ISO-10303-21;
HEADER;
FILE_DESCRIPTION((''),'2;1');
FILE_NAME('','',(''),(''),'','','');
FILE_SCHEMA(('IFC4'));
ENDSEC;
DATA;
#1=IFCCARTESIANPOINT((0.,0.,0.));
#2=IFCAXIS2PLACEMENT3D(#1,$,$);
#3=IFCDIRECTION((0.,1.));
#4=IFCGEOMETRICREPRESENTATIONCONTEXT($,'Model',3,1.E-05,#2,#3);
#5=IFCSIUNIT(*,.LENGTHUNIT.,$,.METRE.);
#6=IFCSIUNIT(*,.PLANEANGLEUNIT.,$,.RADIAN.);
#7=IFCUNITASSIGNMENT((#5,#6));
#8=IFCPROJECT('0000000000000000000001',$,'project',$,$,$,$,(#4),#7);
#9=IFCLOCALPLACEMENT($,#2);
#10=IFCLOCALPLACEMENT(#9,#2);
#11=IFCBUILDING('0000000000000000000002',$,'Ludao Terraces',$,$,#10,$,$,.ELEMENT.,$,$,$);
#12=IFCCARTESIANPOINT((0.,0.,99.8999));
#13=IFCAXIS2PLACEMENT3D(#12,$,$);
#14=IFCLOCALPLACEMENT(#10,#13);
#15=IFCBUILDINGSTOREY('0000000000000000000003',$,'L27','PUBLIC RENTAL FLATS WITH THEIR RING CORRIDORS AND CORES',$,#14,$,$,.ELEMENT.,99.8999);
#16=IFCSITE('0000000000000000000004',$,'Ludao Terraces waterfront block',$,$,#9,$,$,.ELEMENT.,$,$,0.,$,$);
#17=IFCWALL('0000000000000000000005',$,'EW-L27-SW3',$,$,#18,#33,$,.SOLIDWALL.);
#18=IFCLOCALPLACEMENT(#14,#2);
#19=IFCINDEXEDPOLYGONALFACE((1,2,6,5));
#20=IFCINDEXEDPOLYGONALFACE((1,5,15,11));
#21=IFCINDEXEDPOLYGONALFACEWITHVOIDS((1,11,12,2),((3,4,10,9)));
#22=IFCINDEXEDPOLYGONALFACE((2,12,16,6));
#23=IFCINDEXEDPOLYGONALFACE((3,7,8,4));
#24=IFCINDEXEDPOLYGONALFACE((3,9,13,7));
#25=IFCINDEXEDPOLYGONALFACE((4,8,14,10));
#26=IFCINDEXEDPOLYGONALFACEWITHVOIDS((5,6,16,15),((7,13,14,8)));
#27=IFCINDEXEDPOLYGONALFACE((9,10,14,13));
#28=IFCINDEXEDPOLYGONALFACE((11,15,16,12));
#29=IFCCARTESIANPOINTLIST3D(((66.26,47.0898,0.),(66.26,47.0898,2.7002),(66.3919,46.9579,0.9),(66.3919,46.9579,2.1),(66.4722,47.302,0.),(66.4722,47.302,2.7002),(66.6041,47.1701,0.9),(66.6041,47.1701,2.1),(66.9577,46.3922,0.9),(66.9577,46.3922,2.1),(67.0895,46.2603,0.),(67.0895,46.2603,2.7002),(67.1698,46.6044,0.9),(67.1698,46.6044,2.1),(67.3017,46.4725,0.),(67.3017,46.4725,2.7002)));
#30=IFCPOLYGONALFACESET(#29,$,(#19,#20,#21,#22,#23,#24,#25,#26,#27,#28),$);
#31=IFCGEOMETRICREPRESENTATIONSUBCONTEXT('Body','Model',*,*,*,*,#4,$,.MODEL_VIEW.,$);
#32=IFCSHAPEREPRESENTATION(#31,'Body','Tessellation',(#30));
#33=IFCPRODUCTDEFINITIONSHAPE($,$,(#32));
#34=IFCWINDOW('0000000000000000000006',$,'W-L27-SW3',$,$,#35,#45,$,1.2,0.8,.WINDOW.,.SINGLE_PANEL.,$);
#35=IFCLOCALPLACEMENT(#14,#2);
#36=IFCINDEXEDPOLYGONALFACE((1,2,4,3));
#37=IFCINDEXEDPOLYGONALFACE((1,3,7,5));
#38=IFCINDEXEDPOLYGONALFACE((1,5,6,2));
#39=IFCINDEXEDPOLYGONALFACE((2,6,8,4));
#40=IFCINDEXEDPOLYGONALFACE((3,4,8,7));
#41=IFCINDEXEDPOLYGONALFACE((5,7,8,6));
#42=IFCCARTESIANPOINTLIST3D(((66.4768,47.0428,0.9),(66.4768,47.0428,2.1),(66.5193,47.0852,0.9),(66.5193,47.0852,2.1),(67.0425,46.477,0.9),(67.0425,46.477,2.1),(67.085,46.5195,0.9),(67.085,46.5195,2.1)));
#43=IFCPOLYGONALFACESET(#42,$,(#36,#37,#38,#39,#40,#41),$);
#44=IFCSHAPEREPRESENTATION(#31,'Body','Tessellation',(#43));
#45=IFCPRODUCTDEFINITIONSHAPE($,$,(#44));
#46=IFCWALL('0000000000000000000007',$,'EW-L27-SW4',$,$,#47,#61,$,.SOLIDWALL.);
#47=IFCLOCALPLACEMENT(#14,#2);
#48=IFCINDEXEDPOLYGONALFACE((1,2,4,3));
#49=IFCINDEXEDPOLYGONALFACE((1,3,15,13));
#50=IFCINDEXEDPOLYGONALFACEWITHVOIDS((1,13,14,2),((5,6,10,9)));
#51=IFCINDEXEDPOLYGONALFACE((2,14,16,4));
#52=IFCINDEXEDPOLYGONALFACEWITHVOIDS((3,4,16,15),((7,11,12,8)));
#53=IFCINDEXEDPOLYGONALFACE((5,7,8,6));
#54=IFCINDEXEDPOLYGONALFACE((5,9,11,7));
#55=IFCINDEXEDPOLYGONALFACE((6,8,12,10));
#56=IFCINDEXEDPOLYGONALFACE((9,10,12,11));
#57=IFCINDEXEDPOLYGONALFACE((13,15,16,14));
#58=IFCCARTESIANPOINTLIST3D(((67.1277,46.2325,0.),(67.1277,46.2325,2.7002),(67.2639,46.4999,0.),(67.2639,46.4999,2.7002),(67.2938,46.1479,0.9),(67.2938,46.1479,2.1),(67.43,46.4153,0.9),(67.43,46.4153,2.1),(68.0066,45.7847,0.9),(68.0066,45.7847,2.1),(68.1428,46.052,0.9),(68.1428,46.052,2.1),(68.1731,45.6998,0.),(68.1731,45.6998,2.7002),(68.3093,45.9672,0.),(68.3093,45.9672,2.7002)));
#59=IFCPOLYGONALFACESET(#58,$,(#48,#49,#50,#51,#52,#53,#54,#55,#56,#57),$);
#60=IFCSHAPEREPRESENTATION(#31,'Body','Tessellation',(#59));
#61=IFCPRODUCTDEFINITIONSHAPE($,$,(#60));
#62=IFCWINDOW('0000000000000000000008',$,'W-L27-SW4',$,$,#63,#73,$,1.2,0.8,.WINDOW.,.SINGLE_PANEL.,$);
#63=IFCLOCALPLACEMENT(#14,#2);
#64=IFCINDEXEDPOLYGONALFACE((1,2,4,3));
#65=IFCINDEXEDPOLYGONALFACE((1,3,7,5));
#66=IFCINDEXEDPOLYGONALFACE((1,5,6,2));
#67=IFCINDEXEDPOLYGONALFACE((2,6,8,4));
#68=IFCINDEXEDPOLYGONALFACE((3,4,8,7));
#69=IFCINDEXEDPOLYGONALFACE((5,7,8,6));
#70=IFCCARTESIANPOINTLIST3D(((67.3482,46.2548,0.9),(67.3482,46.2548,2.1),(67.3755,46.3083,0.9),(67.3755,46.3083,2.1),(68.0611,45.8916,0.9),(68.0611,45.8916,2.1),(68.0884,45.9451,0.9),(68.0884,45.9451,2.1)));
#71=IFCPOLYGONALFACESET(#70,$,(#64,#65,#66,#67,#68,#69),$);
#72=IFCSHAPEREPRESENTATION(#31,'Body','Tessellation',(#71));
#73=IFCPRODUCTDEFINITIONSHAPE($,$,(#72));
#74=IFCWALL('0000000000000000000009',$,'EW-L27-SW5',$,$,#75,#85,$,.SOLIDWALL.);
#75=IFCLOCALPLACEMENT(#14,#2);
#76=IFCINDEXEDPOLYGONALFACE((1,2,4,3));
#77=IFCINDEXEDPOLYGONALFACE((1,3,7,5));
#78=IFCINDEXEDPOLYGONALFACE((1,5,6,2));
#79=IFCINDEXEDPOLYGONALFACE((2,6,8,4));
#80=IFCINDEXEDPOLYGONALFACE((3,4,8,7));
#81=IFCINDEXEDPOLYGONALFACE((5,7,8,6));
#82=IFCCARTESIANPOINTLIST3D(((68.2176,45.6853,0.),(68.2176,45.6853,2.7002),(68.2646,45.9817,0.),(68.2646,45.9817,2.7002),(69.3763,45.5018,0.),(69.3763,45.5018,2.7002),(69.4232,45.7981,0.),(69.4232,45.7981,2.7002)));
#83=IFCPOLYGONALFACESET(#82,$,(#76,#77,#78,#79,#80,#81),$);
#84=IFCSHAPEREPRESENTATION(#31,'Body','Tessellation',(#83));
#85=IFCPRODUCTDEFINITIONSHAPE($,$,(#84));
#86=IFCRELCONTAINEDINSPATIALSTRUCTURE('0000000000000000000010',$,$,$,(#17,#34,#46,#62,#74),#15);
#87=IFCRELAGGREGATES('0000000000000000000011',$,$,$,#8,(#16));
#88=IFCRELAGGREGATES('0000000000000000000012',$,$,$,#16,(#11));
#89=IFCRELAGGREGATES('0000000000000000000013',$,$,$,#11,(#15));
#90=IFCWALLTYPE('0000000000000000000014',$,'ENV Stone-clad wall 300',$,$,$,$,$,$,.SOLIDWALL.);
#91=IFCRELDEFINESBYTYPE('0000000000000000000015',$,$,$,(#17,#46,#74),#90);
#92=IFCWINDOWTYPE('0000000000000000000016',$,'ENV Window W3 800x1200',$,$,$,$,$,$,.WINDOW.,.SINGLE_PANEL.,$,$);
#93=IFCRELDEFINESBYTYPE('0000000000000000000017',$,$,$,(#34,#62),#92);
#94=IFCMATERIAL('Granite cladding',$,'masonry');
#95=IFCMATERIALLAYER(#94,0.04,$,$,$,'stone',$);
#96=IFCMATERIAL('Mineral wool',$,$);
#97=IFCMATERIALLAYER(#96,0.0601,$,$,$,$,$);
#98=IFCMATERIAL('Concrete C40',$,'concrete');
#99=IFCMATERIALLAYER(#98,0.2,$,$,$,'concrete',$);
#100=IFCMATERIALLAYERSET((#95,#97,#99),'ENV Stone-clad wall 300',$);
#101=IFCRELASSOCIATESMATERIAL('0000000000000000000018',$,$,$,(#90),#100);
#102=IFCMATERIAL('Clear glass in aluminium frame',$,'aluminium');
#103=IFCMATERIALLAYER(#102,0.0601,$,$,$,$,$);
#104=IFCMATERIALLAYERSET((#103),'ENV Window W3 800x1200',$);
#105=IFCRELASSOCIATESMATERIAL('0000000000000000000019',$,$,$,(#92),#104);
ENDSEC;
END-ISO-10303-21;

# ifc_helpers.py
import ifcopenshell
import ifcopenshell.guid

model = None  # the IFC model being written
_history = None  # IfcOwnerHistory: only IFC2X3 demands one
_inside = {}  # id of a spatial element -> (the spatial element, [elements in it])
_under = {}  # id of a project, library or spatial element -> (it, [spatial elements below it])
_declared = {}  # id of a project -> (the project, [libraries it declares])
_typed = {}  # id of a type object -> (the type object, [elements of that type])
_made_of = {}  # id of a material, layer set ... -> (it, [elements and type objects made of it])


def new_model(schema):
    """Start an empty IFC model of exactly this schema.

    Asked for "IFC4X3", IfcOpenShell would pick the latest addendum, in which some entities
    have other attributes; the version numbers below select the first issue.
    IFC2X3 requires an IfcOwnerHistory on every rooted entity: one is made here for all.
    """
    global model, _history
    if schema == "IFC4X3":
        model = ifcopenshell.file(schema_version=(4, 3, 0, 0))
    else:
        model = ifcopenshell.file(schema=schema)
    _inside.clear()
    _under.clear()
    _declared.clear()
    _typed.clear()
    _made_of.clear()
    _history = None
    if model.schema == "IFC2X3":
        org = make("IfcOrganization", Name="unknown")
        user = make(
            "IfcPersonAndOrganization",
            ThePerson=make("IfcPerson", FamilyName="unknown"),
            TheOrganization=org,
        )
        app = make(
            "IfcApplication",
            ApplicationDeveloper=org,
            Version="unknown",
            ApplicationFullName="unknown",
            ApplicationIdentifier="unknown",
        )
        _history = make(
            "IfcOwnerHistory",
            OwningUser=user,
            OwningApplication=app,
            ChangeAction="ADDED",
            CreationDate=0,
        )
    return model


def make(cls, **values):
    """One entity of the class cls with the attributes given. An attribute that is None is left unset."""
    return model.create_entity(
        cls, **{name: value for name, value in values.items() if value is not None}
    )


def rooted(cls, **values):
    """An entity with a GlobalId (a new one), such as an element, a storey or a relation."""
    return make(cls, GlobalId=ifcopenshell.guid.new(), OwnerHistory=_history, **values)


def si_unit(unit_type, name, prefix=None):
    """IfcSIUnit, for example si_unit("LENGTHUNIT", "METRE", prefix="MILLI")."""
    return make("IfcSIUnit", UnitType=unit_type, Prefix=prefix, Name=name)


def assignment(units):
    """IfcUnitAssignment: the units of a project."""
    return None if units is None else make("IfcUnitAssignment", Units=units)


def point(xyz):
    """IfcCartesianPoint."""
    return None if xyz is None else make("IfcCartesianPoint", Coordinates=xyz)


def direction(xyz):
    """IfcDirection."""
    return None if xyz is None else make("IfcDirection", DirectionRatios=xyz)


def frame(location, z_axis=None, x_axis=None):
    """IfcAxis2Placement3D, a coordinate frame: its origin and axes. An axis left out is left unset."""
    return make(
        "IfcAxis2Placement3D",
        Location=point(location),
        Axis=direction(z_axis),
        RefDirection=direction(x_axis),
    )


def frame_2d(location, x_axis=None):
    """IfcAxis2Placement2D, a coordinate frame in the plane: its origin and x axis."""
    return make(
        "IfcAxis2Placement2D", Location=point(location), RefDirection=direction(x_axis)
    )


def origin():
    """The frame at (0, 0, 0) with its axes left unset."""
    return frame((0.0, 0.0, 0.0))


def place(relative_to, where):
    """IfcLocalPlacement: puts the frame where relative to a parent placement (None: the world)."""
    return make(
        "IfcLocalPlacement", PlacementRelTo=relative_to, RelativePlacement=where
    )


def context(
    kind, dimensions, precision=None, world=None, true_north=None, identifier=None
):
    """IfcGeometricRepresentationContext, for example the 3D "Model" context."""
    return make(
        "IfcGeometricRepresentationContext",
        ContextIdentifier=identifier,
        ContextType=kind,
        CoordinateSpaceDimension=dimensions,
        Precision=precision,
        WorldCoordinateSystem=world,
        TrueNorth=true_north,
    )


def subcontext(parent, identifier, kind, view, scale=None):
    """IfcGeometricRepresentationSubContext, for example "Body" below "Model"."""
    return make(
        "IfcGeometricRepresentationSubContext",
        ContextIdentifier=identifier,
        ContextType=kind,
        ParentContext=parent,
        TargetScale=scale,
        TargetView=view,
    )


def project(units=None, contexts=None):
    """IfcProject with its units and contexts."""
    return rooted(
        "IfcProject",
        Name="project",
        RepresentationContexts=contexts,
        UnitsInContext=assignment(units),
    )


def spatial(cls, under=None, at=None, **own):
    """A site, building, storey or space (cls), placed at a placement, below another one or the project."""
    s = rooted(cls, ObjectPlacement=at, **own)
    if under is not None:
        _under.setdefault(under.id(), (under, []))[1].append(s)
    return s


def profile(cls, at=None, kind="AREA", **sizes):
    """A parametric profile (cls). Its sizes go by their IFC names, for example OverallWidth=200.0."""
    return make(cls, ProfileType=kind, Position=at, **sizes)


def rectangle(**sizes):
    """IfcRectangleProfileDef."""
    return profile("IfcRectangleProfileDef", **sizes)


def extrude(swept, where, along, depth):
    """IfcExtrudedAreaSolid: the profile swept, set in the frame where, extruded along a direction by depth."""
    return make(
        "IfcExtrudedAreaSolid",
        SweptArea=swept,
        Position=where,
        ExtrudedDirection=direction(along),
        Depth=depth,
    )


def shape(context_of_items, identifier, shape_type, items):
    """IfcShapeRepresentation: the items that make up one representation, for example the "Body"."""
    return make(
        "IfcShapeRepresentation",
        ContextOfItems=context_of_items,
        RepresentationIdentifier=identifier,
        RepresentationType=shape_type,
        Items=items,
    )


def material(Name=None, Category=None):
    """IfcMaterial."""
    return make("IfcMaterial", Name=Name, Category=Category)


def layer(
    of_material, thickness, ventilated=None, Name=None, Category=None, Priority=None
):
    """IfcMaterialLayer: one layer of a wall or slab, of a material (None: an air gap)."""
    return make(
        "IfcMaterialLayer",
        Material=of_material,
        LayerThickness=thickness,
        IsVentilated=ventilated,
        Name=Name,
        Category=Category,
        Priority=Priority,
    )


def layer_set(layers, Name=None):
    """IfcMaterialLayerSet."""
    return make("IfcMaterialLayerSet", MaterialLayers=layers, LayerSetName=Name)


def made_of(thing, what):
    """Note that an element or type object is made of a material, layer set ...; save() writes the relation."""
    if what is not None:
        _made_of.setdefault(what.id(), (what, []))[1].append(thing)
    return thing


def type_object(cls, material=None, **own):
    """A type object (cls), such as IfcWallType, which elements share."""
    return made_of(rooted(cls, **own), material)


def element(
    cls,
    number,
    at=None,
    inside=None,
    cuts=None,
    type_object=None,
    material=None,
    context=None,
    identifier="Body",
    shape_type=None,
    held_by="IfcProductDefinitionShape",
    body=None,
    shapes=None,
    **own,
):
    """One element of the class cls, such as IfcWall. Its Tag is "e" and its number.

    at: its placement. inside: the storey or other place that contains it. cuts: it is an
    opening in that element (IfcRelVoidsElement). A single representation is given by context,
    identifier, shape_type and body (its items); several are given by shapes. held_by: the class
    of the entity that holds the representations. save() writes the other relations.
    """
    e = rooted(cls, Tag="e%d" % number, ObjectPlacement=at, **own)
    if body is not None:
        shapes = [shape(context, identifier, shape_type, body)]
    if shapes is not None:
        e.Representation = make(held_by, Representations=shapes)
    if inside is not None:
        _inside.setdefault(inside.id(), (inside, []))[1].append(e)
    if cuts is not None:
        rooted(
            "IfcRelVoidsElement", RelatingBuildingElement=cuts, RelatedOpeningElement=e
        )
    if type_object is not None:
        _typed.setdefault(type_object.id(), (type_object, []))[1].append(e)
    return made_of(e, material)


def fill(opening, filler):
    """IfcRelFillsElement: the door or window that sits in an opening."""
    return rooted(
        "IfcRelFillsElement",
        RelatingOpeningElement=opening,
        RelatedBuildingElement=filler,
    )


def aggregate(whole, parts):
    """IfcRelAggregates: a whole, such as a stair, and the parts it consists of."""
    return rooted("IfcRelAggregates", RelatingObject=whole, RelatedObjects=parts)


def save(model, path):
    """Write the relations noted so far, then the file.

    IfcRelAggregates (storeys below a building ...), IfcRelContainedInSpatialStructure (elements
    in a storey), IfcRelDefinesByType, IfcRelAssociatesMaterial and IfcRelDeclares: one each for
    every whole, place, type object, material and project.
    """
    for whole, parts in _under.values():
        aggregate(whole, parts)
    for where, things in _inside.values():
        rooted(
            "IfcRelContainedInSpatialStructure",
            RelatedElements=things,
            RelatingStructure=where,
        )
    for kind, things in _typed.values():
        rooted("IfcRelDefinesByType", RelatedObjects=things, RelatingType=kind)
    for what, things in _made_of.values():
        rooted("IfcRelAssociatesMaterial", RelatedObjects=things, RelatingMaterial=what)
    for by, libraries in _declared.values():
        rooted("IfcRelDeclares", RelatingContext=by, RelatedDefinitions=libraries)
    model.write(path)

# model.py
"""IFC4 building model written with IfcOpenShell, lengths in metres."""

from ifc_helpers import new_model, si_unit, direction, frame, frame_2d, origin, place, context, subcontext, project, spatial, rectangle, extrude, material, layer, layer_set, type_object, element, fill, save


model = new_model("IFC4")

# Units and contexts
model_context = context("Model", 3, precision=1e-05, world=origin(), true_north=direction((0.0, 1.0)))
body_context = subcontext(model_context, "Body", "Model", "MODEL_VIEW")
ifc_project = project(units=[si_unit("LENGTHUNIT", "METRE"), si_unit("PLANEANGLEUNIT", "RADIAN")], contexts=[model_context])

# Site, building, storey
site_placement = place(None, origin())
site = spatial("IfcSite", under=ifc_project, at=site_placement, Name="Ludao Terraces waterfront block", CompositionType="ELEMENT", RefElevation=0.0)
building_placement = place(site_placement, origin())
building = spatial("IfcBuilding", under=site, at=building_placement, Name="Ludao Terraces", CompositionType="ELEMENT")
storey_placement = place(building_placement, frame((0.0, 0.0, 99.8999)))
storey = spatial("IfcBuildingStorey", under=building, at=storey_placement, Name="L27", Description="PUBLIC RENTAL FLATS WITH THEIR RING CORRIDORS AND CORES", CompositionType="ELEMENT", Elevation=99.8999)

# Shared definitions
ifc_material_1 = material(Name="Concrete C40", Category="concrete")

# Shared definitions
ifc_material_2 = material(Name="Granite cladding", Category="masonry")
ifc_layer_1 = layer(ifc_material_2, 0.04, Category="stone")
ifc_material_3 = material(Name="Mineral wool")
ifc_layer_2 = layer(ifc_material_3, 0.0601)
ifc_layer_3 = layer(ifc_material_1, 0.2, Category="concrete")
ifc_layer_set_1 = layer_set([ifc_layer_1, ifc_layer_2, ifc_layer_3], Name="ENV Stone-clad wall 300")
wall_type = type_object("IfcWallType", Name="ENV Stone-clad wall 300", PredefinedType="SOLIDWALL", material=ifc_layer_set_1)
ifc_material_4 = material(Name="Clear glass in aluminium frame", Category="aluminium")

# Walls, openings, windows
ifc_layer_4 = layer(ifc_material_4, 0.0601)
ifc_layer_set_2 = layer_set([ifc_layer_4], Name="ENV Window W3 800x1200")
window_type_1 = type_object("IfcWindowType", Name="ENV Window W3 800x1200", PartitioningType="SINGLE_PANEL", PredefinedType="WINDOW", material=ifc_layer_set_2)
wall_1_placement = place(storey_placement, frame((66.3662, 47.1958, 0.0), z_axis=(0.0, 0.0, 1.0), x_axis=(0.707107, -0.707107, 0.0)))
wall_1 = element("IfcWall", 1, at=wall_1_placement, inside=storey, type_object=wall_type, Name="EW-L27-SW3", PredefinedType="SOLIDWALL", context=body_context, shape_type="SweptSolid", body=[
    extrude(rectangle(XDim=1.1731, YDim=0.3, at=frame_2d((0.5864, 0.0))), origin(), (0.0, 0.0, 1.0), 2.7002),
])
opening_1_placement = place(wall_1_placement, frame((0.1865, 0.0, 0.8999)))
opening_1 = element("IfcOpeningElement", 2, at=opening_1_placement, cuts=wall_1, PredefinedType="OPENING", context=body_context, shape_type="SweptSolid", body=[
    extrude(rectangle(XDim=0.8, YDim=1.2, at=frame_2d((0.3999, 0.6001))), frame((0.0, 0.1602, 0.0), z_axis=(0.0, -1.0, 0.0), x_axis=(1.0, 0.0, 0.0)), (0.0, 0.0, 1.0), 0.3201),
])
window_1_placement = place(opening_1_placement, origin())
window_1 = element("IfcWindow", 3, at=window_1_placement, inside=storey, type_object=window_type_1, Name="W-L27-SW3", OverallHeight=1.2, OverallWidth=0.8, PartitioningType="SINGLE_PANEL", PredefinedType="WINDOW", context=body_context, shape_type="SweptSolid", body=[
    extrude(rectangle(XDim=0.8, YDim=1.2, at=frame_2d((0.3999, 0.6001))), frame((0.0, 0.03, 0.0), z_axis=(0.0, -1.0, 0.0), x_axis=(1.0, 0.0, 0.0)), (0.0, 0.0, 1.0), 0.0601),
])
fill(opening_1, window_1)
wall_2_placement = place(storey_placement, frame((67.1958, 46.3662, 0.0), z_axis=(0.0, 0.0, 1.0), x_axis=(0.890989, -0.454026, 0.0)))
wall_2 = element("IfcWall", 4, at=wall_2_placement, inside=storey, type_object=wall_type, Name="EW-L27-SW4", PredefinedType="SOLIDWALL", context=body_context, shape_type="SweptSolid", body=[
    extrude(rectangle(XDim=1.1733, YDim=0.3, at=frame_2d((0.5867, 0.0))), origin(), (0.0, 0.0, 1.0), 2.7002),
])
opening_2_placement = place(wall_2_placement, frame((0.1865, 0.0, 0.8999)))
opening_2 = element("IfcOpeningElement", 5, at=opening_2_placement, cuts=wall_2, PredefinedType="OPENING", context=body_context, shape_type="SweptSolid", body=[
    extrude(rectangle(XDim=0.8, YDim=1.2, at=frame_2d((0.3999, 0.6001))), frame((0.0, 0.1602, 0.0), z_axis=(0.0, -1.0, 0.0), x_axis=(1.0, 0.0, 0.0)), (0.0, 0.0, 1.0), 0.3201),
])
window_2_placement = place(opening_2_placement, origin())
window_2 = element("IfcWindow", 6, at=window_2_placement, inside=storey, type_object=window_type_1, Name="W-L27-SW4", OverallHeight=1.2, OverallWidth=0.8, PartitioningType="SINGLE_PANEL", PredefinedType="WINDOW", context=body_context, shape_type="SweptSolid", body=[
    extrude(rectangle(XDim=0.8, YDim=1.2, at=frame_2d((0.3999, 0.6001))), frame((0.0, 0.03, 0.0), z_axis=(0.0, -1.0, 0.0), x_axis=(1.0, 0.0, 0.0)), (0.0, 0.0, 1.0), 0.0601),
])
fill(opening_2, window_2)

# Wall
wall_3_placement = place(storey_placement, frame((68.2412, 45.8335, 0.0), z_axis=(0.0, 0.0, 1.0), x_axis=(0.987678, -0.156497, 0.0)))
element("IfcWall", 7, at=wall_3_placement, inside=storey, type_object=wall_type, Name="EW-L27-SW5", PredefinedType="SOLIDWALL", context=body_context, shape_type="SweptSolid", body=[
    extrude(rectangle(XDim=1.1731, YDim=0.3, at=frame_2d((0.5864, 0.0))), origin(), (0.0, 0.0, 1.0), 2.7002),
])

save(model, "model.ifc")
